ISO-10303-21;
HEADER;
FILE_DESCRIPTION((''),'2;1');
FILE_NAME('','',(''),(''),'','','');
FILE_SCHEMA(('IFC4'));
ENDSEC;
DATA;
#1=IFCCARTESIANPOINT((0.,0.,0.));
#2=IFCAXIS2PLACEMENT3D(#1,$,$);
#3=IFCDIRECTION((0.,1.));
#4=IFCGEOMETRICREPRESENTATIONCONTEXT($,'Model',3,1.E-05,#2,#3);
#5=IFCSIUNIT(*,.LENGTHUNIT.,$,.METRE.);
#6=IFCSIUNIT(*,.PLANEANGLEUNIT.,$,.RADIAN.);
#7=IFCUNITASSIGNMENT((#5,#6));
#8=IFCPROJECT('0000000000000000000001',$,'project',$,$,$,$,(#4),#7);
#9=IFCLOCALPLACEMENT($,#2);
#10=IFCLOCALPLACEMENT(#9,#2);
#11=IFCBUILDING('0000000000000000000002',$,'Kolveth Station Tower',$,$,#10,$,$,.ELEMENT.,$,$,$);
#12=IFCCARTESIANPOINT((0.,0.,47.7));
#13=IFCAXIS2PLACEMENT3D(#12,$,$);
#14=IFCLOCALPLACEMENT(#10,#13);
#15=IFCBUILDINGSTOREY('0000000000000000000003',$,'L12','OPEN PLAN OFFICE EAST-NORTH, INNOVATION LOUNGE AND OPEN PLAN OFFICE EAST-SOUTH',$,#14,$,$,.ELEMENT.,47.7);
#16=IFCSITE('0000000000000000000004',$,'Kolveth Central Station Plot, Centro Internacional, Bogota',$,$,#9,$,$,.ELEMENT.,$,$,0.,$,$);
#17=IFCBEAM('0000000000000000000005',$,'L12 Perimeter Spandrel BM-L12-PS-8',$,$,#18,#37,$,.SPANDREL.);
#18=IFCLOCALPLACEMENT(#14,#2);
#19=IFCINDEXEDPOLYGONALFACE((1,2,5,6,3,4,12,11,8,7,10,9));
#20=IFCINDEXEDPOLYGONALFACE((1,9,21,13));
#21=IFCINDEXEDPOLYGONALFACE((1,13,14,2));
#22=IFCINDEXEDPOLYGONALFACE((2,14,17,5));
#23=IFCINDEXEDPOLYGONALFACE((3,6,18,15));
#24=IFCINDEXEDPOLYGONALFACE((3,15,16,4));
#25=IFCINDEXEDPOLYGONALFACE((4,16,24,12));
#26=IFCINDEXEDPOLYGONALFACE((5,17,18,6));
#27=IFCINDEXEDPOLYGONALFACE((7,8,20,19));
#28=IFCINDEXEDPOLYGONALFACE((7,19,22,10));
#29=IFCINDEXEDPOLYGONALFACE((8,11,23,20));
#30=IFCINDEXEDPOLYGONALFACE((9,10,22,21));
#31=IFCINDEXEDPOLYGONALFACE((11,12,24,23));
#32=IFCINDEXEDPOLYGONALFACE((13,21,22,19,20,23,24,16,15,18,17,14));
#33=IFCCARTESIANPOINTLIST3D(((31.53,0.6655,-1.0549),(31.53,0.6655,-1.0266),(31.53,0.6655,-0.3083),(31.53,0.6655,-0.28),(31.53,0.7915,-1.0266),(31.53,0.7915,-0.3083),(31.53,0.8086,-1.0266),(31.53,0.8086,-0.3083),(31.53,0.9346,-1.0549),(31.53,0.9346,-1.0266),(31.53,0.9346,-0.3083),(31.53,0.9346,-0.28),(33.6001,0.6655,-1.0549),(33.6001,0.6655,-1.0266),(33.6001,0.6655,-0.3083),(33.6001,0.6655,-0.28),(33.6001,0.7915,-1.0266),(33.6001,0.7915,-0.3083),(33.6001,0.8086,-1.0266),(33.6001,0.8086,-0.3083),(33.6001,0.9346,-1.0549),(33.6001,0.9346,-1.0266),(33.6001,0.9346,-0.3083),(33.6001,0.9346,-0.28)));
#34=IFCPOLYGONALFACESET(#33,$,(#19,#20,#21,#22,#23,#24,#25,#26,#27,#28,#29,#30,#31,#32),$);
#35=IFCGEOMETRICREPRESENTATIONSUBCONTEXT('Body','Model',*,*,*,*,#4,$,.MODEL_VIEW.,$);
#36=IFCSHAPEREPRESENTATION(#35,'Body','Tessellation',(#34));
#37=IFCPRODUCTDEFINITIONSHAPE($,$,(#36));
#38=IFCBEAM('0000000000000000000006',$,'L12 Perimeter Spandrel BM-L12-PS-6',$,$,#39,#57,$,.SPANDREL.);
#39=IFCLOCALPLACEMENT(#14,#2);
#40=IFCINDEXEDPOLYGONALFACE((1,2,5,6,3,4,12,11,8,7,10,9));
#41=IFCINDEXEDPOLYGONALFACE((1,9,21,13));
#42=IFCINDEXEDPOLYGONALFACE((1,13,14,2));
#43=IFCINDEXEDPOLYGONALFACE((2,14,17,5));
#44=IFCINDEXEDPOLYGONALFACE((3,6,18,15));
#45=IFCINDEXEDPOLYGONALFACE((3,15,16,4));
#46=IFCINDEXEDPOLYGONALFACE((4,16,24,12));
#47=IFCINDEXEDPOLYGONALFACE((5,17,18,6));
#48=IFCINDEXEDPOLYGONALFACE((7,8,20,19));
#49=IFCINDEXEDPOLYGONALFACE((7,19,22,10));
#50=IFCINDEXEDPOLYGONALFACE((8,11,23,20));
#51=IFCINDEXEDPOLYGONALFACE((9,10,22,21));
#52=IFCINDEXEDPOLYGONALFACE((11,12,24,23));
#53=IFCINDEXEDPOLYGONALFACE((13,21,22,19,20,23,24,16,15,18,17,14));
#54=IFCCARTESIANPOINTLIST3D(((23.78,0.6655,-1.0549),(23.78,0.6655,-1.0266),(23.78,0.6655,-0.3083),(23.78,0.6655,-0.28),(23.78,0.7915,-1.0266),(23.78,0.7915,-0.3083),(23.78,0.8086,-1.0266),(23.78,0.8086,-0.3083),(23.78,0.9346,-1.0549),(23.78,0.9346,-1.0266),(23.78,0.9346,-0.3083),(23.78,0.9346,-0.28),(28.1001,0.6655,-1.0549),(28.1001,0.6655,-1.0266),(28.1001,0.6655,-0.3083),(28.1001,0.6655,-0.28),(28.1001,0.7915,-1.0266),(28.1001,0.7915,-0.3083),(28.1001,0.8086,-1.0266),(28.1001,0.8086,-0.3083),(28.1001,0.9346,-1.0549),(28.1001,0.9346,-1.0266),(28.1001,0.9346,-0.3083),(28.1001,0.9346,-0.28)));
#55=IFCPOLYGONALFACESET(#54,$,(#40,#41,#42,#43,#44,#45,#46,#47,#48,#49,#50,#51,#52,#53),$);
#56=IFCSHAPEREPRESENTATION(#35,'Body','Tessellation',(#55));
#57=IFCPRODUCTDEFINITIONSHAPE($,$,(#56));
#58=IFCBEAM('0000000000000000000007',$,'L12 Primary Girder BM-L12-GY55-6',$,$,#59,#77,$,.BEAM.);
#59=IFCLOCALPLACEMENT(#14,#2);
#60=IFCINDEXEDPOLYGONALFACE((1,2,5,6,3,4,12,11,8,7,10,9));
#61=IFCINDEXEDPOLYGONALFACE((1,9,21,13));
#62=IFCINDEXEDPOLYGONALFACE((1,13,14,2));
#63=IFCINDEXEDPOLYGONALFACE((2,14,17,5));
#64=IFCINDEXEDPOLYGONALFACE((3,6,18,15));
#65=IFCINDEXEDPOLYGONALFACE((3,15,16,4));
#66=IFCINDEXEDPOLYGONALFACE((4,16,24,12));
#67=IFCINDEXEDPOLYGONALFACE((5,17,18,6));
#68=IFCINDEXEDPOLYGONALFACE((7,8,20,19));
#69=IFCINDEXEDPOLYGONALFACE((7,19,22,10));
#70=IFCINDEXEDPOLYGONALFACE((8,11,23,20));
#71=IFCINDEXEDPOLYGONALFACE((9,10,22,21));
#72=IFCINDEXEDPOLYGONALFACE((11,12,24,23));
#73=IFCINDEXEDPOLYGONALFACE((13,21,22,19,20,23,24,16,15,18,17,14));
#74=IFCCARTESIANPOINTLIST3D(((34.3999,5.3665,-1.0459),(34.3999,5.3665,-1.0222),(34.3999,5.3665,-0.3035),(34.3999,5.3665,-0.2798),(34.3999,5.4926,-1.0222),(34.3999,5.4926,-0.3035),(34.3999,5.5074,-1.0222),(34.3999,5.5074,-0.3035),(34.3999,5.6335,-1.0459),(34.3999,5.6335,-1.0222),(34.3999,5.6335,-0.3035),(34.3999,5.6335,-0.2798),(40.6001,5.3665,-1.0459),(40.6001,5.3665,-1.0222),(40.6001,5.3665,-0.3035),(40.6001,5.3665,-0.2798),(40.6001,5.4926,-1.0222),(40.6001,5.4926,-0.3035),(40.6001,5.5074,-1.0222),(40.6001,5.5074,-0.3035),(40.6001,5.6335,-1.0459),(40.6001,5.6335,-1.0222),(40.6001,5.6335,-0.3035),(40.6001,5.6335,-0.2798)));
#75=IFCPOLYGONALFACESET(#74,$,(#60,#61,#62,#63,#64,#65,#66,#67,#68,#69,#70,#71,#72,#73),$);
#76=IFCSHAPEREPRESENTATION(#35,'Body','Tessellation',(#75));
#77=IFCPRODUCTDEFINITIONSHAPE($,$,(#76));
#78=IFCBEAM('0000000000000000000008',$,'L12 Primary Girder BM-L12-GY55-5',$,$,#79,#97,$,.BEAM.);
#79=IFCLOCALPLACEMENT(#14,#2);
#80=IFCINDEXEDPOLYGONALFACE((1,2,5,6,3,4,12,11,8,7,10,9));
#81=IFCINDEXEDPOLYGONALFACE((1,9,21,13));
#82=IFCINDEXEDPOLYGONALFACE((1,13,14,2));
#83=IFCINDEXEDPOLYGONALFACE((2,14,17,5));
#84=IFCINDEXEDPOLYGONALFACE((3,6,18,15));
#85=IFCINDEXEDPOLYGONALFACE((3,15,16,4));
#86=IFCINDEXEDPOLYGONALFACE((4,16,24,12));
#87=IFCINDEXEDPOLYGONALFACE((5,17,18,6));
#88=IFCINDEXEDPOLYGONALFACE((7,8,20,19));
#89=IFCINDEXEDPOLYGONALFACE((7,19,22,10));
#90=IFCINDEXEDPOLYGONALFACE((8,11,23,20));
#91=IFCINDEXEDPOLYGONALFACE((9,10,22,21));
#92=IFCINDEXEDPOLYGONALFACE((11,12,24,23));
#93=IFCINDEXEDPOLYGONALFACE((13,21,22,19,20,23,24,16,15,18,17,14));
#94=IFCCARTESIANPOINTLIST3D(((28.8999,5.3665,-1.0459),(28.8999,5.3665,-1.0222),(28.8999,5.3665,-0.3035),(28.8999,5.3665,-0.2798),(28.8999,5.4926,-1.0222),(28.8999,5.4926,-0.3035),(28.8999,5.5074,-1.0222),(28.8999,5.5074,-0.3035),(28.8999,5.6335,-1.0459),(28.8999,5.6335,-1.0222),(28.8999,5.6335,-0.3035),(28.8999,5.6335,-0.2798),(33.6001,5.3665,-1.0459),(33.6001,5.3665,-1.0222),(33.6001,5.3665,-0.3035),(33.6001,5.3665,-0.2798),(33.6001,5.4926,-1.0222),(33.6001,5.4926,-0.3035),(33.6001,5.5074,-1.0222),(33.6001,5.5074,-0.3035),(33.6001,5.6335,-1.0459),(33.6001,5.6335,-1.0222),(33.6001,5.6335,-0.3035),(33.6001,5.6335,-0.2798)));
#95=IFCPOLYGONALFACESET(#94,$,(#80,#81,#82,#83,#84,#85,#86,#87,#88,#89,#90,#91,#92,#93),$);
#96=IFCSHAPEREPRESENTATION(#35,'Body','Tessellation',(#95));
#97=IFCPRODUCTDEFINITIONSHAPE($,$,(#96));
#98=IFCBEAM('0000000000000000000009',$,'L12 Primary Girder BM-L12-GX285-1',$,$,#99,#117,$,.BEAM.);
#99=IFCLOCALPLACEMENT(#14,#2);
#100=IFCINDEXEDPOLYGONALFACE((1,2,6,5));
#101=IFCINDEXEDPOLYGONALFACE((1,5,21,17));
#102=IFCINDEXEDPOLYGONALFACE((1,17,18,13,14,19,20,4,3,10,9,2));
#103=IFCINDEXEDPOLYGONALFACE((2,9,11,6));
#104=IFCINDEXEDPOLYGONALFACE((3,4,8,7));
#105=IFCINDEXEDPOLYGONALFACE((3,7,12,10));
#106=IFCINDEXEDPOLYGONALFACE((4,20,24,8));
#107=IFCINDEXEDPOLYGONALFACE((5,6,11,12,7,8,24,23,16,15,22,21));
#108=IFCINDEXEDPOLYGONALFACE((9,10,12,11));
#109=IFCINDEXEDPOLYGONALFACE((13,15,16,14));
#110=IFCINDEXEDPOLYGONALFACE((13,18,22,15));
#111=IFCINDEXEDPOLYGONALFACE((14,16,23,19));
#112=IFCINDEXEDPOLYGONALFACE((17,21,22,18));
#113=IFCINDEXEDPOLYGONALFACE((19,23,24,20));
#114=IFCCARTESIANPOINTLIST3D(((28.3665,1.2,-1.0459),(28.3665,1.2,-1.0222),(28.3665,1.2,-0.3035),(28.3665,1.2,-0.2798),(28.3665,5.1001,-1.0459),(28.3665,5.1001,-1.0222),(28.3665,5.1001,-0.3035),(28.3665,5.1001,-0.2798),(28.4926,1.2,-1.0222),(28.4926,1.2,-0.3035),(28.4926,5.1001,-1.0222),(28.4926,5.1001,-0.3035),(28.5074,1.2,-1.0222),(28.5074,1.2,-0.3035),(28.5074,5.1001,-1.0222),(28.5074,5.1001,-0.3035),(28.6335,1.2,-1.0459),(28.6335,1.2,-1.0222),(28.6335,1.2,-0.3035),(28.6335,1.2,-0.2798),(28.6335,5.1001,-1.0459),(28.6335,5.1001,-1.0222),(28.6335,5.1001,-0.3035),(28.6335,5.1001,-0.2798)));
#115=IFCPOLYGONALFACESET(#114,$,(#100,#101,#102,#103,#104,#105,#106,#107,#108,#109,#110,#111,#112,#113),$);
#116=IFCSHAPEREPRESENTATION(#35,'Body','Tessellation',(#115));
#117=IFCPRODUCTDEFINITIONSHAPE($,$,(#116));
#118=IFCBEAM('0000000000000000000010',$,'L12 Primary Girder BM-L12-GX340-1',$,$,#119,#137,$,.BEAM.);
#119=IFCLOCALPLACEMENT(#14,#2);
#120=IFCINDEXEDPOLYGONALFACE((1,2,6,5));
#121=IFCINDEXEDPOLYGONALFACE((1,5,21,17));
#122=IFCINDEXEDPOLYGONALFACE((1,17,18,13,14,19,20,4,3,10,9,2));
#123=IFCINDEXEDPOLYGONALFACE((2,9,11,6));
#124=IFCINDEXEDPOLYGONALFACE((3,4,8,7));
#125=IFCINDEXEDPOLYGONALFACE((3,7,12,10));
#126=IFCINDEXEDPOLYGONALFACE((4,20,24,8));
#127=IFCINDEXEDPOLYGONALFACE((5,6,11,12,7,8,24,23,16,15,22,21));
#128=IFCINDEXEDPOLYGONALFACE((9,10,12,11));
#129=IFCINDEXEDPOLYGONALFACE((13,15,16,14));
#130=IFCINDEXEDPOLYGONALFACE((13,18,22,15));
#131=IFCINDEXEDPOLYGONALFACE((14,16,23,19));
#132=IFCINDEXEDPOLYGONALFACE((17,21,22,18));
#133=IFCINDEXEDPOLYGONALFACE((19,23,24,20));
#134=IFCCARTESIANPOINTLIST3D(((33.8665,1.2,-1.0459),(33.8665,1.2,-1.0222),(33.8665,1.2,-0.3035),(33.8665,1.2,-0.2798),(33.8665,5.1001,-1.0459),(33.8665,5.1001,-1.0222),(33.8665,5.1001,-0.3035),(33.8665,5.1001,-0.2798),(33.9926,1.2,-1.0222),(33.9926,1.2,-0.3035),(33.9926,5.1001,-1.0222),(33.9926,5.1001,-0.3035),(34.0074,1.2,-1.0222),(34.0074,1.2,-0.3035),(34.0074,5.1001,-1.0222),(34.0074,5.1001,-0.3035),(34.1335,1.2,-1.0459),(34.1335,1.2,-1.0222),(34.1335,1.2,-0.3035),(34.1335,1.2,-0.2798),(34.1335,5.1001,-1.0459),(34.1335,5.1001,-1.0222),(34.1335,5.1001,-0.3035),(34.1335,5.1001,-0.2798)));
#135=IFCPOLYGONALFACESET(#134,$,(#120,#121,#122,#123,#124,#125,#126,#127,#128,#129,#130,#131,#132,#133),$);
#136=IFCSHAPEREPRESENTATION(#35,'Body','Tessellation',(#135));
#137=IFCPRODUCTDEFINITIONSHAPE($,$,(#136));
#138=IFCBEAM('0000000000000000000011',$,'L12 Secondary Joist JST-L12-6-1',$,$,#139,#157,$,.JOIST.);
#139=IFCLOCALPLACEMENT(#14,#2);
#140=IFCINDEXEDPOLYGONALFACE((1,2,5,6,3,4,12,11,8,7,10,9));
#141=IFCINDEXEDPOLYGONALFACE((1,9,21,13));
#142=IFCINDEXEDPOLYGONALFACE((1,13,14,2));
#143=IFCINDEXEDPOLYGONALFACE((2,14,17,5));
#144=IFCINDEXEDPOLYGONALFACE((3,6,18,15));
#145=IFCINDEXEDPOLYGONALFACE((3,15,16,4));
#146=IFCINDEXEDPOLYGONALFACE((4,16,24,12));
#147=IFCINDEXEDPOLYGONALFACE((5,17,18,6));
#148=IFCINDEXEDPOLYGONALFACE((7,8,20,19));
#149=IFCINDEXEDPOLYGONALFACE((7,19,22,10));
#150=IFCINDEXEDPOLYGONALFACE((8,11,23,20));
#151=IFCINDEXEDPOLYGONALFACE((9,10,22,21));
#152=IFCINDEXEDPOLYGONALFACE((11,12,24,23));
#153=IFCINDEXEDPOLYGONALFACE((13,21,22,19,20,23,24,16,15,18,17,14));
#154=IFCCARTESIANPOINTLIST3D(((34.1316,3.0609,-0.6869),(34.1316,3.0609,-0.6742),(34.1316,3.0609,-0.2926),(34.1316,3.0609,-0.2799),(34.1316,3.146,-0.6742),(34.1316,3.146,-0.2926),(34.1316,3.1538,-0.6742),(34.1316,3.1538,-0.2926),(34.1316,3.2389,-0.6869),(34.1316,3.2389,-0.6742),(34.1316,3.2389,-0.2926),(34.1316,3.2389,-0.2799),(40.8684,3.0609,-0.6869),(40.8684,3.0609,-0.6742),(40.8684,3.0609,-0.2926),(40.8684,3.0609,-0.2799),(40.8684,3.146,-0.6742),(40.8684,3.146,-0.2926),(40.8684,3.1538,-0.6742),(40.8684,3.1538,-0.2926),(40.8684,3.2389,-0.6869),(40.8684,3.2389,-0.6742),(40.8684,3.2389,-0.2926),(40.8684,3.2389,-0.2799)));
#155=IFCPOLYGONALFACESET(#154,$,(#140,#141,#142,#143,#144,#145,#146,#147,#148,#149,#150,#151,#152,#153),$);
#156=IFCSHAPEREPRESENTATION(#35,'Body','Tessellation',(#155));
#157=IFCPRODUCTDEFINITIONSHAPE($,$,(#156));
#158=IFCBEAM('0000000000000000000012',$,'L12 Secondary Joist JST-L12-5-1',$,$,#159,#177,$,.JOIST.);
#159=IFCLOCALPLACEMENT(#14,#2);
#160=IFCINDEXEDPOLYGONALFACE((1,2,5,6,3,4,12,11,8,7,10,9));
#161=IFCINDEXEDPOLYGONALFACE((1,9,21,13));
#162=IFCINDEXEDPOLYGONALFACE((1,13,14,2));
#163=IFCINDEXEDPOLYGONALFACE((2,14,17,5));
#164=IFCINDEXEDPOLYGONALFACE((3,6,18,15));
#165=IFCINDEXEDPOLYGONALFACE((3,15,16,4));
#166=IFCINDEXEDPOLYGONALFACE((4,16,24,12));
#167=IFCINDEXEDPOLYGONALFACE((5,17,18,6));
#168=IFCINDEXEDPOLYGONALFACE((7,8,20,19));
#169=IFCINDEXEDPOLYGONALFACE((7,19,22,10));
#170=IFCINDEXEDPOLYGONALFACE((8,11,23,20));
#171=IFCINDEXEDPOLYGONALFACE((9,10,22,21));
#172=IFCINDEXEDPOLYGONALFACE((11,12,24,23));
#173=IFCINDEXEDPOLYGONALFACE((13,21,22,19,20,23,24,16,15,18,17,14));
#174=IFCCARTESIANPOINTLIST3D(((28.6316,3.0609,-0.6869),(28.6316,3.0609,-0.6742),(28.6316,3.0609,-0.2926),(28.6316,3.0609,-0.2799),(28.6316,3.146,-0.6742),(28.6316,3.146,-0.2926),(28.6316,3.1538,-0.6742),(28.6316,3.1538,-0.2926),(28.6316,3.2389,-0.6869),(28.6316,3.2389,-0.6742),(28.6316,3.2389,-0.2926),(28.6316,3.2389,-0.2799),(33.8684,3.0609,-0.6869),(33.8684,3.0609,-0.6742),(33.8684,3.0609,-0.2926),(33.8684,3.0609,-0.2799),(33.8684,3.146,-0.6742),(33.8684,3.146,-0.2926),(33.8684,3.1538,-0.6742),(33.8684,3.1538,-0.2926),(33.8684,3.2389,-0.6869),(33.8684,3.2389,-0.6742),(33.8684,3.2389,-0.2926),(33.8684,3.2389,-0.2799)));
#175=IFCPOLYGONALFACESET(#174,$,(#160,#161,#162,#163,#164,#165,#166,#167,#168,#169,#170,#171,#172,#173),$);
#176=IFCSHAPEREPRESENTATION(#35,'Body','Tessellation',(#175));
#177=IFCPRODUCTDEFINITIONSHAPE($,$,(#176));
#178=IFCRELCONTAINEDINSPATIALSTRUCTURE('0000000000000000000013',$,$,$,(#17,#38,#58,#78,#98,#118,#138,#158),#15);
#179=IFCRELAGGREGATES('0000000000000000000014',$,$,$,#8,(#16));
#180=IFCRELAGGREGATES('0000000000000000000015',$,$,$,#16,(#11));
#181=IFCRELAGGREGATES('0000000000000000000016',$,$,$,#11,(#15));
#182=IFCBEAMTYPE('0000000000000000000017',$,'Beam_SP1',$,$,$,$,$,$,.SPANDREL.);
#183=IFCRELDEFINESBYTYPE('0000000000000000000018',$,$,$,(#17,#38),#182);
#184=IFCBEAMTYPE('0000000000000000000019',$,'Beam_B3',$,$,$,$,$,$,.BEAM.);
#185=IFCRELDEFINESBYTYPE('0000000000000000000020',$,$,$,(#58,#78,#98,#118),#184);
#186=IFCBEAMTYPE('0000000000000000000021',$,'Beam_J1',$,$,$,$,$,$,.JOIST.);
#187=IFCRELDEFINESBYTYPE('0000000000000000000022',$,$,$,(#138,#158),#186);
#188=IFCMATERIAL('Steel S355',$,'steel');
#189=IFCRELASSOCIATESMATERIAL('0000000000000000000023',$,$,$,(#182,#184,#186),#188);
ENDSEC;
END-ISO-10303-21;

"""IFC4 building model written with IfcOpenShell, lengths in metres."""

from ifc_helpers import new_model, si_unit, direction, frame, origin, origin_2d, place, context, subcontext, project, spatial, i_section, extrude, source, transform, mapped, material, material_profile, profile_set, type_object, element, save


model = new_model("IFC4")

# Units and contexts
model_context = context("Model", 3, precision=1e-05, world=origin(), true_north=direction((0.0, 1.0)))
body_context = subcontext(model_context, "Body", "Model", "MODEL_VIEW")
ifc_project = project(units=[si_unit("LENGTHUNIT", "METRE"), si_unit("PLANEANGLEUNIT", "RADIAN")], contexts=[model_context])

# Site, building, storey
site_placement = place(None, origin())
site = spatial("IfcSite", under=ifc_project, at=site_placement, Name="Kolveth Central Station Plot, Centro Internacional, Bogota", CompositionType="ELEMENT", RefElevation=0.0)
building_placement = place(site_placement, origin())
building = spatial("IfcBuilding", under=site, at=building_placement, Name="Kolveth Station Tower", CompositionType="ELEMENT")
storey_placement = place(building_placement, frame((0.0, 0.0, 47.7)))
storey = spatial("IfcBuildingStorey", under=building, at=storey_placement, Name="L12", Description="OPEN PLAN OFFICE EAST-NORTH, INNOVATION LOUNGE AND OPEN PLAN OFFICE EAST-SOUTH", CompositionType="ELEMENT", Elevation=47.7)

# Shared definitions
ifc_material_1 = material(Name="Steel S355", Category="steel")

# Beams
ifc_material_profile_1 = material_profile(ifc_material_1, i_section(OverallWidth=0.269, OverallDepth=0.7749, WebThickness=0.0171, FlangeThickness=0.0283, at=origin_2d()), Name="W760x220")
ifc_profile_set_1 = profile_set([ifc_material_profile_1], Name="Steel S355")
beam_type_1 = type_object("IfcBeamType", Name="Beam_SP1", PredefinedType="SPANDREL", material=ifc_profile_set_1)
shared_shape_1 = source(origin(), body_context, "Body", "SweptSolid", [
    extrude(i_section(OverallWidth=0.269, OverallDepth=0.7749, WebThickness=0.0171, FlangeThickness=0.0283, at=origin_2d()), origin(), (0.0, 0.0, 1.0), 2.0701),
])
for number, where, z_axis, x_axis, name in (
    (1, (31.53, 0.8, -0.6675), (1.0, 0.0, 0.0), (0.0, 1.0, 0.0), "L12 Perimeter Spandrel BM-L12-PS-8"),
):
    element("IfcBeam", number, at=place(storey_placement, frame(where, z_axis=z_axis, x_axis=x_axis)), inside=storey, type_object=beam_type_1, Name=name, PredefinedType="SPANDREL", context=body_context, shape_type="MappedRepresentation", body=[
        mapped(shared_shape_1, transform((0.0, 0.0, 0.0), x_axis=(1.0, 0.0, 0.0), y_axis=(0.0, 1.0, 0.0), z_axis=(0.0, 0.0, 1.0), scale=1.0)),
    ])
shared_shape_2 = source(origin(), body_context, "Body", "SweptSolid", [
    extrude(i_section(OverallWidth=0.269, OverallDepth=0.7749, WebThickness=0.0171, FlangeThickness=0.0283, at=origin_2d()), origin(), (0.0, 0.0, 1.0), 4.3201),
])
beam_1_placement = place(storey_placement, frame((23.78, 0.8, -0.6675), z_axis=(1.0, 0.0, 0.0), x_axis=(0.0, 1.0, 0.0)))
element("IfcBeam", 2, at=beam_1_placement, inside=storey, type_object=beam_type_1, Name="L12 Perimeter Spandrel BM-L12-PS-6", PredefinedType="SPANDREL", context=body_context, shape_type="MappedRepresentation", body=[
    mapped(shared_shape_2, transform((0.0, 0.0, 0.0), x_axis=(1.0, 0.0, 0.0), y_axis=(0.0, 1.0, 0.0), z_axis=(0.0, 0.0, 1.0), scale=1.0)),
])
ifc_material_profile_2 = material_profile(ifc_material_1, i_section(OverallWidth=0.2671, OverallDepth=0.7661, WebThickness=0.0149, FlangeThickness=0.0237, at=origin_2d()), Name="W760x185")
ifc_profile_set_2 = profile_set([ifc_material_profile_2], Name="Steel S355")
beam_type_2 = type_object("IfcBeamType", Name="Beam_B3", PredefinedType="BEAM", material=ifc_profile_set_2)
shared_shape_3 = source(origin(), body_context, "Body", "SweptSolid", [
    extrude(i_section(OverallWidth=0.2671, OverallDepth=0.7661, WebThickness=0.0149, FlangeThickness=0.0237, at=origin_2d()), origin(), (0.0, 0.0, 1.0), 6.2002),
])
beam_2_placement = place(storey_placement, frame((34.3999, 5.5, -0.6628), z_axis=(1.0, 0.0, 0.0), x_axis=(0.0, 1.0, 0.0)))
element("IfcBeam", 3, at=beam_2_placement, inside=storey, type_object=beam_type_2, Name="L12 Primary Girder BM-L12-GY55-6", PredefinedType="BEAM", context=body_context, shape_type="MappedRepresentation", body=[
    mapped(shared_shape_3, transform((0.0, 0.0, 0.0), x_axis=(1.0, 0.0, 0.0), y_axis=(0.0, 1.0, 0.0), z_axis=(0.0, 0.0, 1.0), scale=1.0)),
])
shared_shape_4 = source(origin(), body_context, "Body", "SweptSolid", [
    extrude(i_section(OverallWidth=0.2671, OverallDepth=0.7661, WebThickness=0.0149, FlangeThickness=0.0237, at=origin_2d()), origin(), (0.0, 0.0, 1.0), 4.7002),
])
beam_3_placement = place(storey_placement, frame((28.8999, 5.5, -0.6628), z_axis=(1.0, 0.0, 0.0), x_axis=(0.0, 1.0, 0.0)))
element("IfcBeam", 4, at=beam_3_placement, inside=storey, type_object=beam_type_2, Name="L12 Primary Girder BM-L12-GY55-5", PredefinedType="BEAM", context=body_context, shape_type="MappedRepresentation", body=[
    mapped(shared_shape_4, transform((0.0, 0.0, 0.0), x_axis=(1.0, 0.0, 0.0), y_axis=(0.0, 1.0, 0.0), z_axis=(0.0, 0.0, 1.0), scale=1.0)),
])
shared_shape_5 = source(origin(), body_context, "Body", "SweptSolid", [
    extrude(i_section(OverallWidth=0.2671, OverallDepth=0.7661, WebThickness=0.0149, FlangeThickness=0.0237, at=origin_2d()), origin(), (0.0, 0.0, 1.0), 3.9001),
])
for number, where, z_axis, x_axis, name in (
    (5, (28.5, 1.2, -0.6628), (0.0, 1.0, 0.0), (-1.0, 0.0, 0.0), "L12 Primary Girder BM-L12-GX285-1"),
    (6, (34.0, 1.2, -0.6628), (0.0, 1.0, 0.0), (-1.0, 0.0, 0.0), "L12 Primary Girder BM-L12-GX340-1"),
):
    element("IfcBeam", number, at=place(storey_placement, frame(where, z_axis=z_axis, x_axis=x_axis)), inside=storey, type_object=beam_type_2, Name=name, PredefinedType="BEAM", context=body_context, shape_type="MappedRepresentation", body=[
        mapped(shared_shape_5, transform((0.0, 0.0, 0.0), x_axis=(1.0, 0.0, 0.0), y_axis=(0.0, 1.0, 0.0), z_axis=(0.0, 0.0, 1.0), scale=1.0)),
    ])
ifc_material_profile_3 = material_profile(ifc_material_1, i_section(OverallWidth=0.178, OverallDepth=0.407, WebThickness=0.0078, FlangeThickness=0.0127, at=origin_2d()), Name="W410x60")
ifc_profile_set_3 = profile_set([ifc_material_profile_3], Name="Steel S355")
beam_type_3 = type_object("IfcBeamType", Name="Beam_J1", PredefinedType="JOIST", material=ifc_profile_set_3)
shared_shape_6 = source(origin(), body_context, "Body", "SweptSolid", [
    extrude(i_section(OverallWidth=0.178, OverallDepth=0.407, WebThickness=0.0078, FlangeThickness=0.0127, at=origin_2d()), origin(), (0.0, 0.0, 1.0), 6.7368),
])
beam_4_placement = place(storey_placement, frame((34.1316, 3.1499, -0.4834), z_axis=(1.0, 0.0, 0.0), x_axis=(0.0, 1.0, 0.0)))
element("IfcBeam", 7, at=beam_4_placement, inside=storey, type_object=beam_type_3, Name="L12 Secondary Joist JST-L12-6-1", PredefinedType="JOIST", context=body_context, shape_type="MappedRepresentation", body=[
    mapped(shared_shape_6, transform((0.0, 0.0, 0.0), x_axis=(1.0, 0.0, 0.0), y_axis=(0.0, 1.0, 0.0), z_axis=(0.0, 0.0, 1.0), scale=1.0)),
])
shared_shape_7 = source(origin(), body_context, "Body", "SweptSolid", [
    extrude(i_section(OverallWidth=0.178, OverallDepth=0.407, WebThickness=0.0078, FlangeThickness=0.0127, at=origin_2d()), origin(), (0.0, 0.0, 1.0), 5.2368),
])
beam_5_placement = place(storey_placement, frame((28.6316, 3.1499, -0.4834), z_axis=(1.0, 0.0, 0.0), x_axis=(0.0, 1.0, 0.0)))
element("IfcBeam", 8, at=beam_5_placement, inside=storey, type_object=beam_type_3, Name="L12 Secondary Joist JST-L12-5-1", PredefinedType="JOIST", context=body_context, shape_type="MappedRepresentation", body=[
    mapped(shared_shape_7, transform((0.0, 0.0, 0.0), x_axis=(1.0, 0.0, 0.0), y_axis=(0.0, 1.0, 0.0), z_axis=(0.0, 0.0, 1.0), scale=1.0)),
])

save(model, "model.ifc")
